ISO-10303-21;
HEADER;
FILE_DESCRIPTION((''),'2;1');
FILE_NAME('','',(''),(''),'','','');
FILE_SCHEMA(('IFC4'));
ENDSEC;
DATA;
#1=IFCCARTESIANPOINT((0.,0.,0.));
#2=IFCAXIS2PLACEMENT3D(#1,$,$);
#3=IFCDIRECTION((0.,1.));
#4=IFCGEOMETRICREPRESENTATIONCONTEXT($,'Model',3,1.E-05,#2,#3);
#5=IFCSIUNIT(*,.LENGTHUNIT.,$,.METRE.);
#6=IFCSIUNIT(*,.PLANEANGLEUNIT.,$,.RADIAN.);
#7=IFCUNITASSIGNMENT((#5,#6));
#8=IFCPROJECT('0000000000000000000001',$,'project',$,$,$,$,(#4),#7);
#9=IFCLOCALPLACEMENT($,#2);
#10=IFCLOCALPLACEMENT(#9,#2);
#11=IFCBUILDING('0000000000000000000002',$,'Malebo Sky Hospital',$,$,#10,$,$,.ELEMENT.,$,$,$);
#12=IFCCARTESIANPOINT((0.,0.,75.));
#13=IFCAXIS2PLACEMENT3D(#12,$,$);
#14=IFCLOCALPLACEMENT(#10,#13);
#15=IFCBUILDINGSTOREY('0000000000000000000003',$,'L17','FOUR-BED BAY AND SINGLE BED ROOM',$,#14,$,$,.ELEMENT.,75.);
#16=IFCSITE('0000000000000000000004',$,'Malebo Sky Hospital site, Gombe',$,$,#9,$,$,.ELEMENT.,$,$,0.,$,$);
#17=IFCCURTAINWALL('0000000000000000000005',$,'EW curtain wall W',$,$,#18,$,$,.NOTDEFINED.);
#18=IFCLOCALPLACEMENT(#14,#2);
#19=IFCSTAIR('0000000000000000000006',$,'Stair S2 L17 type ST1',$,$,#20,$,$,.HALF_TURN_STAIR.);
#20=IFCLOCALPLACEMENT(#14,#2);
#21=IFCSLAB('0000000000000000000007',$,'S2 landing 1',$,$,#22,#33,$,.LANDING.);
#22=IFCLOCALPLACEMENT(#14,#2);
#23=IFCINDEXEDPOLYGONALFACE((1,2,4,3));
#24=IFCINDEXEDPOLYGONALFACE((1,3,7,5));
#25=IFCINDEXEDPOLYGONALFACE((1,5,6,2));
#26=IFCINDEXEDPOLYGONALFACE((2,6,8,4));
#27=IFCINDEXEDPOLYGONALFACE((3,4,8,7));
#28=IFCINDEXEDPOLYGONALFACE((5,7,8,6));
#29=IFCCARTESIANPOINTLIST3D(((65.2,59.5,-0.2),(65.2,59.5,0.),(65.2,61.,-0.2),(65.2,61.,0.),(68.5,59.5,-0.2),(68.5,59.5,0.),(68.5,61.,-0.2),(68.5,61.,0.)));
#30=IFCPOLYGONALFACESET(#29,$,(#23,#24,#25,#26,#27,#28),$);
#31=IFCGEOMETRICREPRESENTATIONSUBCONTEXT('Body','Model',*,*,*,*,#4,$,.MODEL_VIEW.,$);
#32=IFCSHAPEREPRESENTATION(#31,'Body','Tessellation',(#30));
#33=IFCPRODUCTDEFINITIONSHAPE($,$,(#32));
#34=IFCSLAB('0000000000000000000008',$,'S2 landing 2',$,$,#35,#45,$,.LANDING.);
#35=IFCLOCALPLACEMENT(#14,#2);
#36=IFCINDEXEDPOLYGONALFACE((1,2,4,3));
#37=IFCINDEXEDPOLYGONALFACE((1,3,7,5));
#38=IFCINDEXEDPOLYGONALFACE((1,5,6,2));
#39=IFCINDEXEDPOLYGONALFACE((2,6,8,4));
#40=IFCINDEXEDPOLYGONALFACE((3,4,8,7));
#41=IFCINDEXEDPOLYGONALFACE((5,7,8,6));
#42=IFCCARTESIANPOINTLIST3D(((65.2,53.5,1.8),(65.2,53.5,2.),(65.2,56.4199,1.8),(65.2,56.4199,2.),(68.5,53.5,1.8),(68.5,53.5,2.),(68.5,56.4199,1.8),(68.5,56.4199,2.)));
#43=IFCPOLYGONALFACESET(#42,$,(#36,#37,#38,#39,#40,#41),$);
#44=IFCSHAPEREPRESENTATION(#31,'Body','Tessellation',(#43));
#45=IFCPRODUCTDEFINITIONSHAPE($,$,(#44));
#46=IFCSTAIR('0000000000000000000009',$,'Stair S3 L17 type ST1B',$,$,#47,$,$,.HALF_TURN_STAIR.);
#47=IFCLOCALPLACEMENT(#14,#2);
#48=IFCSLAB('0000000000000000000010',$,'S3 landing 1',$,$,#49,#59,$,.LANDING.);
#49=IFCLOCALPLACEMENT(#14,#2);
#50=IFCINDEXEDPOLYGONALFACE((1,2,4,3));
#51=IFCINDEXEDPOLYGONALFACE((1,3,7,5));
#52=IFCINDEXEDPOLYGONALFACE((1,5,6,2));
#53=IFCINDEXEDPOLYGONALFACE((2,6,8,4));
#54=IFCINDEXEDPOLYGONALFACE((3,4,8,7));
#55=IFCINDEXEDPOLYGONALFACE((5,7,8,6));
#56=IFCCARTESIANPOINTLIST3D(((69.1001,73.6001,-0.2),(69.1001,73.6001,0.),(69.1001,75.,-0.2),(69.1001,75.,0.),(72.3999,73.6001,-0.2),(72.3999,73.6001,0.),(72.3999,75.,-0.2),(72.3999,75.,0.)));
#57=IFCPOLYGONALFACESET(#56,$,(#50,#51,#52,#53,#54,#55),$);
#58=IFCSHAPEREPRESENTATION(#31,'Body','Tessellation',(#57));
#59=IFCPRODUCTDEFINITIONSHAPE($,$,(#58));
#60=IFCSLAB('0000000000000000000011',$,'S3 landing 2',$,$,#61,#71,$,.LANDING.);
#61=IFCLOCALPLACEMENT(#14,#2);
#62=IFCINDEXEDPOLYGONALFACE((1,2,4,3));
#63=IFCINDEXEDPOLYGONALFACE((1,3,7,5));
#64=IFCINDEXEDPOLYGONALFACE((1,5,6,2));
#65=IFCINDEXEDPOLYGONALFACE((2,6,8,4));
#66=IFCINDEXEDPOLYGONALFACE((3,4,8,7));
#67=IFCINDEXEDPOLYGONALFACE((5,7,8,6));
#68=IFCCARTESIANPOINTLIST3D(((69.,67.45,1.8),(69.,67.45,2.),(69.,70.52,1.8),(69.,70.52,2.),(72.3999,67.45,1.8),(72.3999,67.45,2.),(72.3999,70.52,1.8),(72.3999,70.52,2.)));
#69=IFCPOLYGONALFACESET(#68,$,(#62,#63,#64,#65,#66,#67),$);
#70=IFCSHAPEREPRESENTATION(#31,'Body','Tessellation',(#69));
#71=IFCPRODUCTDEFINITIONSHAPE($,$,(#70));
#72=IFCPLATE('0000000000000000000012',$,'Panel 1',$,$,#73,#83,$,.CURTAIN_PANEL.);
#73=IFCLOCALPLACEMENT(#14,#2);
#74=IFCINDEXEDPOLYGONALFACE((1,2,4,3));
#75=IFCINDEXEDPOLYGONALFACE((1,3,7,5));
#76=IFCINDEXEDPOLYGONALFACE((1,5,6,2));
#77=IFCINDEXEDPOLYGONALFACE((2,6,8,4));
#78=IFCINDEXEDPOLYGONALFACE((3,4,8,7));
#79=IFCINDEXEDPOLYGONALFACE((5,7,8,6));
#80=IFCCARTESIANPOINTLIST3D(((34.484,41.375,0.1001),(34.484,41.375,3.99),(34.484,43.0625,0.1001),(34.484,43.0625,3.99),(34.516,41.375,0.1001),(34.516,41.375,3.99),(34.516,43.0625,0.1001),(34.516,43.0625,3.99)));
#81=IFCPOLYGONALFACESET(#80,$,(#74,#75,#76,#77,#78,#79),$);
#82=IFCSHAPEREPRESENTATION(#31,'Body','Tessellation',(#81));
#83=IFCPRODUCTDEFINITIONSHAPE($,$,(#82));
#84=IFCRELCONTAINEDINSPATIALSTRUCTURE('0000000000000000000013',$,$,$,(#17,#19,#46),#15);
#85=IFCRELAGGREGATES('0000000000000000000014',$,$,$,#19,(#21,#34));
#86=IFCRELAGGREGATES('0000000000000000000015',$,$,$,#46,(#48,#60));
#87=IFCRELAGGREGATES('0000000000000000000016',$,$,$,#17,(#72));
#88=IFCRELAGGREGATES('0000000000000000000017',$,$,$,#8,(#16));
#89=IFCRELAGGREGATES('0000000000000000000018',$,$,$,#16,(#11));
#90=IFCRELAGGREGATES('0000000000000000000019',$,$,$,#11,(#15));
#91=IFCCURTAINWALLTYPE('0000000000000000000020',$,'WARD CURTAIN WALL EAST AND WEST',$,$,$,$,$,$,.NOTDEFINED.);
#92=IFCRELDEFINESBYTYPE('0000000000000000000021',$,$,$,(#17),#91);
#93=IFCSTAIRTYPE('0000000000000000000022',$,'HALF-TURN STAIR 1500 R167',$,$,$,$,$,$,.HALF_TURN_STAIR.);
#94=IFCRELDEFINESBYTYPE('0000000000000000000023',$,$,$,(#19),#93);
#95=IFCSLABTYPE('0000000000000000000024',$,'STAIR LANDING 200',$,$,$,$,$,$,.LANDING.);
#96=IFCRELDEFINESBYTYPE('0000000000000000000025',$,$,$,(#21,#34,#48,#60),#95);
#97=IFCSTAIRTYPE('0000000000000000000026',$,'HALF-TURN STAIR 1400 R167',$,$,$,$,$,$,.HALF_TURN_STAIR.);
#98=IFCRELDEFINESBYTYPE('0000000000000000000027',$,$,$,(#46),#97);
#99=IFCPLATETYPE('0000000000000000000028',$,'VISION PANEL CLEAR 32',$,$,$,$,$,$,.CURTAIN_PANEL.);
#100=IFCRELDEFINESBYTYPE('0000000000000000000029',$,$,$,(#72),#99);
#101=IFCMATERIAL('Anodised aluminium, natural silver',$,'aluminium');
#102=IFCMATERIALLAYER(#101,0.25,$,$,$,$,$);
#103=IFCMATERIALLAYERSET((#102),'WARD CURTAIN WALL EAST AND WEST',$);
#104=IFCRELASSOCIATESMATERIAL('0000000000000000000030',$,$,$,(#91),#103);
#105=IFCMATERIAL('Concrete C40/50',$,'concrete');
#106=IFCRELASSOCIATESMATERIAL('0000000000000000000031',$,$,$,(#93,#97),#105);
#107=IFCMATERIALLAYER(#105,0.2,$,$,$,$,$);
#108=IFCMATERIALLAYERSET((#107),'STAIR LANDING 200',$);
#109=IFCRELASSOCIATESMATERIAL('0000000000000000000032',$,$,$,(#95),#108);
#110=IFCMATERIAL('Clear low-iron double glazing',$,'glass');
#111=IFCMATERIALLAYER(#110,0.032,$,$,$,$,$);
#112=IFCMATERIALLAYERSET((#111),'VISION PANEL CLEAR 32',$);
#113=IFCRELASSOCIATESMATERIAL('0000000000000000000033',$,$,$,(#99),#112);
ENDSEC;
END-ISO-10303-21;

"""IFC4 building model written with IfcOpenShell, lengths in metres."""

from ifc_helpers import new_model, si_unit, direction, frame, origin, origin_2d, place, context, subcontext, project, spatial, polyline, rectangle, outline, extrude, material, layer, layer_set, type_object, element, aggregate, save


model = new_model("IFC4")

# Units and contexts
model_context = context("Model", 3, precision=1e-05, world=origin(), true_north=direction((0.0, 1.0)))
body_context = subcontext(model_context, "Body", "Model", "MODEL_VIEW")
ifc_project = project(units=[si_unit("LENGTHUNIT", "METRE"), si_unit("PLANEANGLEUNIT", "RADIAN")], contexts=[model_context])

# Site, building, storey
site_placement = place(None, origin())
site = spatial("IfcSite", under=ifc_project, at=site_placement, Name="Malebo Sky Hospital site, Gombe", CompositionType="ELEMENT", RefElevation=0.0)
building_placement = place(site_placement, origin())
building = spatial("IfcBuilding", under=site, at=building_placement, Name="Malebo Sky Hospital", CompositionType="ELEMENT")
storey_placement = place(building_placement, frame((0.0, 0.0, 75.0)))
storey = spatial("IfcBuildingStorey", under=building, at=storey_placement, Name="L17", Description="FOUR-BED BAY AND SINGLE BED ROOM", CompositionType="ELEMENT", Elevation=75.0)

# Curtain wall
ifc_material_1 = material(Name="Anodised aluminium, natural silver", Category="aluminium")
ifc_layer_1 = layer(ifc_material_1, 0.25)
ifc_layer_set_1 = layer_set([ifc_layer_1], Name="WARD CURTAIN WALL EAST AND WEST")
curtain_wall_type = type_object("IfcCurtainWallType", Name="WARD CURTAIN WALL EAST AND WEST", PredefinedType="NOTDEFINED", material=ifc_layer_set_1)
curtain_wall_placement = place(storey_placement, origin())
curtain_wall = element("IfcCurtainWall", 1, at=curtain_wall_placement, inside=storey, type_object=curtain_wall_type, Name="EW curtain wall W", PredefinedType="NOTDEFINED")

# Shared definitions
ifc_material_2 = material(Name="Concrete C40/50", Category="concrete")

# Stairs, slabs
stair_type_1 = type_object("IfcStairType", Name="HALF-TURN STAIR 1500 R167", PredefinedType="HALF_TURN_STAIR", material=ifc_material_2)
ifc_layer_2 = layer(ifc_material_2, 0.2)
ifc_layer_set_2 = layer_set([ifc_layer_2], Name="STAIR LANDING 200")
slab_type_1 = type_object("IfcSlabType", Name="STAIR LANDING 200", PredefinedType="LANDING", material=ifc_layer_set_2)
stair_1_placement = place(storey_placement, origin())
stair_1 = element("IfcStair", 2, at=stair_1_placement, inside=storey, type_object=stair_type_1, Name="Stair S2 L17 type ST1", PredefinedType="HALF_TURN_STAIR")
slab_1_placement = place(storey_placement, frame((0.0, 0.0, -0.2)))
slab_1 = element("IfcSlab", 3, at=slab_1_placement, type_object=slab_type_1, Name="S2 landing 1", PredefinedType="LANDING", context=body_context, shape_type="SweptSolid", body=[
    extrude(outline(polyline([(65.2, 59.5), (68.5, 59.5), (68.5, 61.0), (65.2, 61.0), (65.2, 59.5)])), origin(), (0.0, 0.0, 1.0), 0.2),
])
slab_2_placement = place(storey_placement, frame((0.0, 0.0, 1.8)))
slab_2 = element("IfcSlab", 4, at=slab_2_placement, type_object=slab_type_1, Name="S2 landing 2", PredefinedType="LANDING", context=body_context, shape_type="SweptSolid", body=[
    extrude(outline(polyline([(65.2, 53.5), (68.5, 53.5), (68.5, 56.4199), (65.2, 56.4199), (65.2, 53.5)])), origin(), (0.0, 0.0, 1.0), 0.2),
])
aggregate(stair_1, [slab_1, slab_2])
stair_type_2 = type_object("IfcStairType", Name="HALF-TURN STAIR 1400 R167", PredefinedType="HALF_TURN_STAIR", material=ifc_material_2)
stair_2_placement = place(storey_placement, origin())
stair_2 = element("IfcStair", 5, at=stair_2_placement, inside=storey, type_object=stair_type_2, Name="Stair S3 L17 type ST1B", PredefinedType="HALF_TURN_STAIR")
slab_3_placement = place(storey_placement, frame((0.0, 0.0, -0.2)))
slab_3 = element("IfcSlab", 6, at=slab_3_placement, type_object=slab_type_1, Name="S3 landing 1", PredefinedType="LANDING", context=body_context, shape_type="SweptSolid", body=[
    extrude(outline(polyline([(69.1001, 73.6001), (72.3999, 73.6001), (72.3999, 75.0), (69.1001, 75.0), (69.1001, 73.6001)])), origin(), (0.0, 0.0, 1.0), 0.2),
])
slab_4_placement = place(storey_placement, frame((0.0, 0.0, 1.8)))
slab_4 = element("IfcSlab", 7, at=slab_4_placement, type_object=slab_type_1, Name="S3 landing 2", PredefinedType="LANDING", context=body_context, shape_type="SweptSolid", body=[
    extrude(outline(polyline([(69.0, 67.45), (72.3999, 67.45), (72.3999, 70.52), (69.0, 70.52), (69.0, 67.45)])), origin(), (0.0, 0.0, 1.0), 0.2),
])
aggregate(stair_2, [slab_3, slab_4])

# Plate
ifc_material_3 = material(Name="Clear low-iron double glazing", Category="glass")
ifc_layer_3 = layer(ifc_material_3, 0.032)
ifc_layer_set_3 = layer_set([ifc_layer_3], Name="VISION PANEL CLEAR 32")
plate_type = type_object("IfcPlateType", Name="VISION PANEL CLEAR 32", PredefinedType="CURTAIN_PANEL", material=ifc_layer_set_3)
plate_placement = place(storey_placement, frame((34.5, 42.2188, 0.1001), z_axis=(0.0, 0.0, 1.0), x_axis=(0.0, 1.0, 0.0)))
plate = element("IfcPlate", 8, at=plate_placement, type_object=plate_type, Name="Panel 1", PredefinedType="CURTAIN_PANEL", context=body_context, shape_type="SweptSolid", body=[
    extrude(rectangle(XDim=1.6875, YDim=0.032, at=origin_2d()), origin(), (0.0, 0.0, 1.0), 3.8899),
])
aggregate(curtain_wall, [plate])

save(model, "model.ifc")
